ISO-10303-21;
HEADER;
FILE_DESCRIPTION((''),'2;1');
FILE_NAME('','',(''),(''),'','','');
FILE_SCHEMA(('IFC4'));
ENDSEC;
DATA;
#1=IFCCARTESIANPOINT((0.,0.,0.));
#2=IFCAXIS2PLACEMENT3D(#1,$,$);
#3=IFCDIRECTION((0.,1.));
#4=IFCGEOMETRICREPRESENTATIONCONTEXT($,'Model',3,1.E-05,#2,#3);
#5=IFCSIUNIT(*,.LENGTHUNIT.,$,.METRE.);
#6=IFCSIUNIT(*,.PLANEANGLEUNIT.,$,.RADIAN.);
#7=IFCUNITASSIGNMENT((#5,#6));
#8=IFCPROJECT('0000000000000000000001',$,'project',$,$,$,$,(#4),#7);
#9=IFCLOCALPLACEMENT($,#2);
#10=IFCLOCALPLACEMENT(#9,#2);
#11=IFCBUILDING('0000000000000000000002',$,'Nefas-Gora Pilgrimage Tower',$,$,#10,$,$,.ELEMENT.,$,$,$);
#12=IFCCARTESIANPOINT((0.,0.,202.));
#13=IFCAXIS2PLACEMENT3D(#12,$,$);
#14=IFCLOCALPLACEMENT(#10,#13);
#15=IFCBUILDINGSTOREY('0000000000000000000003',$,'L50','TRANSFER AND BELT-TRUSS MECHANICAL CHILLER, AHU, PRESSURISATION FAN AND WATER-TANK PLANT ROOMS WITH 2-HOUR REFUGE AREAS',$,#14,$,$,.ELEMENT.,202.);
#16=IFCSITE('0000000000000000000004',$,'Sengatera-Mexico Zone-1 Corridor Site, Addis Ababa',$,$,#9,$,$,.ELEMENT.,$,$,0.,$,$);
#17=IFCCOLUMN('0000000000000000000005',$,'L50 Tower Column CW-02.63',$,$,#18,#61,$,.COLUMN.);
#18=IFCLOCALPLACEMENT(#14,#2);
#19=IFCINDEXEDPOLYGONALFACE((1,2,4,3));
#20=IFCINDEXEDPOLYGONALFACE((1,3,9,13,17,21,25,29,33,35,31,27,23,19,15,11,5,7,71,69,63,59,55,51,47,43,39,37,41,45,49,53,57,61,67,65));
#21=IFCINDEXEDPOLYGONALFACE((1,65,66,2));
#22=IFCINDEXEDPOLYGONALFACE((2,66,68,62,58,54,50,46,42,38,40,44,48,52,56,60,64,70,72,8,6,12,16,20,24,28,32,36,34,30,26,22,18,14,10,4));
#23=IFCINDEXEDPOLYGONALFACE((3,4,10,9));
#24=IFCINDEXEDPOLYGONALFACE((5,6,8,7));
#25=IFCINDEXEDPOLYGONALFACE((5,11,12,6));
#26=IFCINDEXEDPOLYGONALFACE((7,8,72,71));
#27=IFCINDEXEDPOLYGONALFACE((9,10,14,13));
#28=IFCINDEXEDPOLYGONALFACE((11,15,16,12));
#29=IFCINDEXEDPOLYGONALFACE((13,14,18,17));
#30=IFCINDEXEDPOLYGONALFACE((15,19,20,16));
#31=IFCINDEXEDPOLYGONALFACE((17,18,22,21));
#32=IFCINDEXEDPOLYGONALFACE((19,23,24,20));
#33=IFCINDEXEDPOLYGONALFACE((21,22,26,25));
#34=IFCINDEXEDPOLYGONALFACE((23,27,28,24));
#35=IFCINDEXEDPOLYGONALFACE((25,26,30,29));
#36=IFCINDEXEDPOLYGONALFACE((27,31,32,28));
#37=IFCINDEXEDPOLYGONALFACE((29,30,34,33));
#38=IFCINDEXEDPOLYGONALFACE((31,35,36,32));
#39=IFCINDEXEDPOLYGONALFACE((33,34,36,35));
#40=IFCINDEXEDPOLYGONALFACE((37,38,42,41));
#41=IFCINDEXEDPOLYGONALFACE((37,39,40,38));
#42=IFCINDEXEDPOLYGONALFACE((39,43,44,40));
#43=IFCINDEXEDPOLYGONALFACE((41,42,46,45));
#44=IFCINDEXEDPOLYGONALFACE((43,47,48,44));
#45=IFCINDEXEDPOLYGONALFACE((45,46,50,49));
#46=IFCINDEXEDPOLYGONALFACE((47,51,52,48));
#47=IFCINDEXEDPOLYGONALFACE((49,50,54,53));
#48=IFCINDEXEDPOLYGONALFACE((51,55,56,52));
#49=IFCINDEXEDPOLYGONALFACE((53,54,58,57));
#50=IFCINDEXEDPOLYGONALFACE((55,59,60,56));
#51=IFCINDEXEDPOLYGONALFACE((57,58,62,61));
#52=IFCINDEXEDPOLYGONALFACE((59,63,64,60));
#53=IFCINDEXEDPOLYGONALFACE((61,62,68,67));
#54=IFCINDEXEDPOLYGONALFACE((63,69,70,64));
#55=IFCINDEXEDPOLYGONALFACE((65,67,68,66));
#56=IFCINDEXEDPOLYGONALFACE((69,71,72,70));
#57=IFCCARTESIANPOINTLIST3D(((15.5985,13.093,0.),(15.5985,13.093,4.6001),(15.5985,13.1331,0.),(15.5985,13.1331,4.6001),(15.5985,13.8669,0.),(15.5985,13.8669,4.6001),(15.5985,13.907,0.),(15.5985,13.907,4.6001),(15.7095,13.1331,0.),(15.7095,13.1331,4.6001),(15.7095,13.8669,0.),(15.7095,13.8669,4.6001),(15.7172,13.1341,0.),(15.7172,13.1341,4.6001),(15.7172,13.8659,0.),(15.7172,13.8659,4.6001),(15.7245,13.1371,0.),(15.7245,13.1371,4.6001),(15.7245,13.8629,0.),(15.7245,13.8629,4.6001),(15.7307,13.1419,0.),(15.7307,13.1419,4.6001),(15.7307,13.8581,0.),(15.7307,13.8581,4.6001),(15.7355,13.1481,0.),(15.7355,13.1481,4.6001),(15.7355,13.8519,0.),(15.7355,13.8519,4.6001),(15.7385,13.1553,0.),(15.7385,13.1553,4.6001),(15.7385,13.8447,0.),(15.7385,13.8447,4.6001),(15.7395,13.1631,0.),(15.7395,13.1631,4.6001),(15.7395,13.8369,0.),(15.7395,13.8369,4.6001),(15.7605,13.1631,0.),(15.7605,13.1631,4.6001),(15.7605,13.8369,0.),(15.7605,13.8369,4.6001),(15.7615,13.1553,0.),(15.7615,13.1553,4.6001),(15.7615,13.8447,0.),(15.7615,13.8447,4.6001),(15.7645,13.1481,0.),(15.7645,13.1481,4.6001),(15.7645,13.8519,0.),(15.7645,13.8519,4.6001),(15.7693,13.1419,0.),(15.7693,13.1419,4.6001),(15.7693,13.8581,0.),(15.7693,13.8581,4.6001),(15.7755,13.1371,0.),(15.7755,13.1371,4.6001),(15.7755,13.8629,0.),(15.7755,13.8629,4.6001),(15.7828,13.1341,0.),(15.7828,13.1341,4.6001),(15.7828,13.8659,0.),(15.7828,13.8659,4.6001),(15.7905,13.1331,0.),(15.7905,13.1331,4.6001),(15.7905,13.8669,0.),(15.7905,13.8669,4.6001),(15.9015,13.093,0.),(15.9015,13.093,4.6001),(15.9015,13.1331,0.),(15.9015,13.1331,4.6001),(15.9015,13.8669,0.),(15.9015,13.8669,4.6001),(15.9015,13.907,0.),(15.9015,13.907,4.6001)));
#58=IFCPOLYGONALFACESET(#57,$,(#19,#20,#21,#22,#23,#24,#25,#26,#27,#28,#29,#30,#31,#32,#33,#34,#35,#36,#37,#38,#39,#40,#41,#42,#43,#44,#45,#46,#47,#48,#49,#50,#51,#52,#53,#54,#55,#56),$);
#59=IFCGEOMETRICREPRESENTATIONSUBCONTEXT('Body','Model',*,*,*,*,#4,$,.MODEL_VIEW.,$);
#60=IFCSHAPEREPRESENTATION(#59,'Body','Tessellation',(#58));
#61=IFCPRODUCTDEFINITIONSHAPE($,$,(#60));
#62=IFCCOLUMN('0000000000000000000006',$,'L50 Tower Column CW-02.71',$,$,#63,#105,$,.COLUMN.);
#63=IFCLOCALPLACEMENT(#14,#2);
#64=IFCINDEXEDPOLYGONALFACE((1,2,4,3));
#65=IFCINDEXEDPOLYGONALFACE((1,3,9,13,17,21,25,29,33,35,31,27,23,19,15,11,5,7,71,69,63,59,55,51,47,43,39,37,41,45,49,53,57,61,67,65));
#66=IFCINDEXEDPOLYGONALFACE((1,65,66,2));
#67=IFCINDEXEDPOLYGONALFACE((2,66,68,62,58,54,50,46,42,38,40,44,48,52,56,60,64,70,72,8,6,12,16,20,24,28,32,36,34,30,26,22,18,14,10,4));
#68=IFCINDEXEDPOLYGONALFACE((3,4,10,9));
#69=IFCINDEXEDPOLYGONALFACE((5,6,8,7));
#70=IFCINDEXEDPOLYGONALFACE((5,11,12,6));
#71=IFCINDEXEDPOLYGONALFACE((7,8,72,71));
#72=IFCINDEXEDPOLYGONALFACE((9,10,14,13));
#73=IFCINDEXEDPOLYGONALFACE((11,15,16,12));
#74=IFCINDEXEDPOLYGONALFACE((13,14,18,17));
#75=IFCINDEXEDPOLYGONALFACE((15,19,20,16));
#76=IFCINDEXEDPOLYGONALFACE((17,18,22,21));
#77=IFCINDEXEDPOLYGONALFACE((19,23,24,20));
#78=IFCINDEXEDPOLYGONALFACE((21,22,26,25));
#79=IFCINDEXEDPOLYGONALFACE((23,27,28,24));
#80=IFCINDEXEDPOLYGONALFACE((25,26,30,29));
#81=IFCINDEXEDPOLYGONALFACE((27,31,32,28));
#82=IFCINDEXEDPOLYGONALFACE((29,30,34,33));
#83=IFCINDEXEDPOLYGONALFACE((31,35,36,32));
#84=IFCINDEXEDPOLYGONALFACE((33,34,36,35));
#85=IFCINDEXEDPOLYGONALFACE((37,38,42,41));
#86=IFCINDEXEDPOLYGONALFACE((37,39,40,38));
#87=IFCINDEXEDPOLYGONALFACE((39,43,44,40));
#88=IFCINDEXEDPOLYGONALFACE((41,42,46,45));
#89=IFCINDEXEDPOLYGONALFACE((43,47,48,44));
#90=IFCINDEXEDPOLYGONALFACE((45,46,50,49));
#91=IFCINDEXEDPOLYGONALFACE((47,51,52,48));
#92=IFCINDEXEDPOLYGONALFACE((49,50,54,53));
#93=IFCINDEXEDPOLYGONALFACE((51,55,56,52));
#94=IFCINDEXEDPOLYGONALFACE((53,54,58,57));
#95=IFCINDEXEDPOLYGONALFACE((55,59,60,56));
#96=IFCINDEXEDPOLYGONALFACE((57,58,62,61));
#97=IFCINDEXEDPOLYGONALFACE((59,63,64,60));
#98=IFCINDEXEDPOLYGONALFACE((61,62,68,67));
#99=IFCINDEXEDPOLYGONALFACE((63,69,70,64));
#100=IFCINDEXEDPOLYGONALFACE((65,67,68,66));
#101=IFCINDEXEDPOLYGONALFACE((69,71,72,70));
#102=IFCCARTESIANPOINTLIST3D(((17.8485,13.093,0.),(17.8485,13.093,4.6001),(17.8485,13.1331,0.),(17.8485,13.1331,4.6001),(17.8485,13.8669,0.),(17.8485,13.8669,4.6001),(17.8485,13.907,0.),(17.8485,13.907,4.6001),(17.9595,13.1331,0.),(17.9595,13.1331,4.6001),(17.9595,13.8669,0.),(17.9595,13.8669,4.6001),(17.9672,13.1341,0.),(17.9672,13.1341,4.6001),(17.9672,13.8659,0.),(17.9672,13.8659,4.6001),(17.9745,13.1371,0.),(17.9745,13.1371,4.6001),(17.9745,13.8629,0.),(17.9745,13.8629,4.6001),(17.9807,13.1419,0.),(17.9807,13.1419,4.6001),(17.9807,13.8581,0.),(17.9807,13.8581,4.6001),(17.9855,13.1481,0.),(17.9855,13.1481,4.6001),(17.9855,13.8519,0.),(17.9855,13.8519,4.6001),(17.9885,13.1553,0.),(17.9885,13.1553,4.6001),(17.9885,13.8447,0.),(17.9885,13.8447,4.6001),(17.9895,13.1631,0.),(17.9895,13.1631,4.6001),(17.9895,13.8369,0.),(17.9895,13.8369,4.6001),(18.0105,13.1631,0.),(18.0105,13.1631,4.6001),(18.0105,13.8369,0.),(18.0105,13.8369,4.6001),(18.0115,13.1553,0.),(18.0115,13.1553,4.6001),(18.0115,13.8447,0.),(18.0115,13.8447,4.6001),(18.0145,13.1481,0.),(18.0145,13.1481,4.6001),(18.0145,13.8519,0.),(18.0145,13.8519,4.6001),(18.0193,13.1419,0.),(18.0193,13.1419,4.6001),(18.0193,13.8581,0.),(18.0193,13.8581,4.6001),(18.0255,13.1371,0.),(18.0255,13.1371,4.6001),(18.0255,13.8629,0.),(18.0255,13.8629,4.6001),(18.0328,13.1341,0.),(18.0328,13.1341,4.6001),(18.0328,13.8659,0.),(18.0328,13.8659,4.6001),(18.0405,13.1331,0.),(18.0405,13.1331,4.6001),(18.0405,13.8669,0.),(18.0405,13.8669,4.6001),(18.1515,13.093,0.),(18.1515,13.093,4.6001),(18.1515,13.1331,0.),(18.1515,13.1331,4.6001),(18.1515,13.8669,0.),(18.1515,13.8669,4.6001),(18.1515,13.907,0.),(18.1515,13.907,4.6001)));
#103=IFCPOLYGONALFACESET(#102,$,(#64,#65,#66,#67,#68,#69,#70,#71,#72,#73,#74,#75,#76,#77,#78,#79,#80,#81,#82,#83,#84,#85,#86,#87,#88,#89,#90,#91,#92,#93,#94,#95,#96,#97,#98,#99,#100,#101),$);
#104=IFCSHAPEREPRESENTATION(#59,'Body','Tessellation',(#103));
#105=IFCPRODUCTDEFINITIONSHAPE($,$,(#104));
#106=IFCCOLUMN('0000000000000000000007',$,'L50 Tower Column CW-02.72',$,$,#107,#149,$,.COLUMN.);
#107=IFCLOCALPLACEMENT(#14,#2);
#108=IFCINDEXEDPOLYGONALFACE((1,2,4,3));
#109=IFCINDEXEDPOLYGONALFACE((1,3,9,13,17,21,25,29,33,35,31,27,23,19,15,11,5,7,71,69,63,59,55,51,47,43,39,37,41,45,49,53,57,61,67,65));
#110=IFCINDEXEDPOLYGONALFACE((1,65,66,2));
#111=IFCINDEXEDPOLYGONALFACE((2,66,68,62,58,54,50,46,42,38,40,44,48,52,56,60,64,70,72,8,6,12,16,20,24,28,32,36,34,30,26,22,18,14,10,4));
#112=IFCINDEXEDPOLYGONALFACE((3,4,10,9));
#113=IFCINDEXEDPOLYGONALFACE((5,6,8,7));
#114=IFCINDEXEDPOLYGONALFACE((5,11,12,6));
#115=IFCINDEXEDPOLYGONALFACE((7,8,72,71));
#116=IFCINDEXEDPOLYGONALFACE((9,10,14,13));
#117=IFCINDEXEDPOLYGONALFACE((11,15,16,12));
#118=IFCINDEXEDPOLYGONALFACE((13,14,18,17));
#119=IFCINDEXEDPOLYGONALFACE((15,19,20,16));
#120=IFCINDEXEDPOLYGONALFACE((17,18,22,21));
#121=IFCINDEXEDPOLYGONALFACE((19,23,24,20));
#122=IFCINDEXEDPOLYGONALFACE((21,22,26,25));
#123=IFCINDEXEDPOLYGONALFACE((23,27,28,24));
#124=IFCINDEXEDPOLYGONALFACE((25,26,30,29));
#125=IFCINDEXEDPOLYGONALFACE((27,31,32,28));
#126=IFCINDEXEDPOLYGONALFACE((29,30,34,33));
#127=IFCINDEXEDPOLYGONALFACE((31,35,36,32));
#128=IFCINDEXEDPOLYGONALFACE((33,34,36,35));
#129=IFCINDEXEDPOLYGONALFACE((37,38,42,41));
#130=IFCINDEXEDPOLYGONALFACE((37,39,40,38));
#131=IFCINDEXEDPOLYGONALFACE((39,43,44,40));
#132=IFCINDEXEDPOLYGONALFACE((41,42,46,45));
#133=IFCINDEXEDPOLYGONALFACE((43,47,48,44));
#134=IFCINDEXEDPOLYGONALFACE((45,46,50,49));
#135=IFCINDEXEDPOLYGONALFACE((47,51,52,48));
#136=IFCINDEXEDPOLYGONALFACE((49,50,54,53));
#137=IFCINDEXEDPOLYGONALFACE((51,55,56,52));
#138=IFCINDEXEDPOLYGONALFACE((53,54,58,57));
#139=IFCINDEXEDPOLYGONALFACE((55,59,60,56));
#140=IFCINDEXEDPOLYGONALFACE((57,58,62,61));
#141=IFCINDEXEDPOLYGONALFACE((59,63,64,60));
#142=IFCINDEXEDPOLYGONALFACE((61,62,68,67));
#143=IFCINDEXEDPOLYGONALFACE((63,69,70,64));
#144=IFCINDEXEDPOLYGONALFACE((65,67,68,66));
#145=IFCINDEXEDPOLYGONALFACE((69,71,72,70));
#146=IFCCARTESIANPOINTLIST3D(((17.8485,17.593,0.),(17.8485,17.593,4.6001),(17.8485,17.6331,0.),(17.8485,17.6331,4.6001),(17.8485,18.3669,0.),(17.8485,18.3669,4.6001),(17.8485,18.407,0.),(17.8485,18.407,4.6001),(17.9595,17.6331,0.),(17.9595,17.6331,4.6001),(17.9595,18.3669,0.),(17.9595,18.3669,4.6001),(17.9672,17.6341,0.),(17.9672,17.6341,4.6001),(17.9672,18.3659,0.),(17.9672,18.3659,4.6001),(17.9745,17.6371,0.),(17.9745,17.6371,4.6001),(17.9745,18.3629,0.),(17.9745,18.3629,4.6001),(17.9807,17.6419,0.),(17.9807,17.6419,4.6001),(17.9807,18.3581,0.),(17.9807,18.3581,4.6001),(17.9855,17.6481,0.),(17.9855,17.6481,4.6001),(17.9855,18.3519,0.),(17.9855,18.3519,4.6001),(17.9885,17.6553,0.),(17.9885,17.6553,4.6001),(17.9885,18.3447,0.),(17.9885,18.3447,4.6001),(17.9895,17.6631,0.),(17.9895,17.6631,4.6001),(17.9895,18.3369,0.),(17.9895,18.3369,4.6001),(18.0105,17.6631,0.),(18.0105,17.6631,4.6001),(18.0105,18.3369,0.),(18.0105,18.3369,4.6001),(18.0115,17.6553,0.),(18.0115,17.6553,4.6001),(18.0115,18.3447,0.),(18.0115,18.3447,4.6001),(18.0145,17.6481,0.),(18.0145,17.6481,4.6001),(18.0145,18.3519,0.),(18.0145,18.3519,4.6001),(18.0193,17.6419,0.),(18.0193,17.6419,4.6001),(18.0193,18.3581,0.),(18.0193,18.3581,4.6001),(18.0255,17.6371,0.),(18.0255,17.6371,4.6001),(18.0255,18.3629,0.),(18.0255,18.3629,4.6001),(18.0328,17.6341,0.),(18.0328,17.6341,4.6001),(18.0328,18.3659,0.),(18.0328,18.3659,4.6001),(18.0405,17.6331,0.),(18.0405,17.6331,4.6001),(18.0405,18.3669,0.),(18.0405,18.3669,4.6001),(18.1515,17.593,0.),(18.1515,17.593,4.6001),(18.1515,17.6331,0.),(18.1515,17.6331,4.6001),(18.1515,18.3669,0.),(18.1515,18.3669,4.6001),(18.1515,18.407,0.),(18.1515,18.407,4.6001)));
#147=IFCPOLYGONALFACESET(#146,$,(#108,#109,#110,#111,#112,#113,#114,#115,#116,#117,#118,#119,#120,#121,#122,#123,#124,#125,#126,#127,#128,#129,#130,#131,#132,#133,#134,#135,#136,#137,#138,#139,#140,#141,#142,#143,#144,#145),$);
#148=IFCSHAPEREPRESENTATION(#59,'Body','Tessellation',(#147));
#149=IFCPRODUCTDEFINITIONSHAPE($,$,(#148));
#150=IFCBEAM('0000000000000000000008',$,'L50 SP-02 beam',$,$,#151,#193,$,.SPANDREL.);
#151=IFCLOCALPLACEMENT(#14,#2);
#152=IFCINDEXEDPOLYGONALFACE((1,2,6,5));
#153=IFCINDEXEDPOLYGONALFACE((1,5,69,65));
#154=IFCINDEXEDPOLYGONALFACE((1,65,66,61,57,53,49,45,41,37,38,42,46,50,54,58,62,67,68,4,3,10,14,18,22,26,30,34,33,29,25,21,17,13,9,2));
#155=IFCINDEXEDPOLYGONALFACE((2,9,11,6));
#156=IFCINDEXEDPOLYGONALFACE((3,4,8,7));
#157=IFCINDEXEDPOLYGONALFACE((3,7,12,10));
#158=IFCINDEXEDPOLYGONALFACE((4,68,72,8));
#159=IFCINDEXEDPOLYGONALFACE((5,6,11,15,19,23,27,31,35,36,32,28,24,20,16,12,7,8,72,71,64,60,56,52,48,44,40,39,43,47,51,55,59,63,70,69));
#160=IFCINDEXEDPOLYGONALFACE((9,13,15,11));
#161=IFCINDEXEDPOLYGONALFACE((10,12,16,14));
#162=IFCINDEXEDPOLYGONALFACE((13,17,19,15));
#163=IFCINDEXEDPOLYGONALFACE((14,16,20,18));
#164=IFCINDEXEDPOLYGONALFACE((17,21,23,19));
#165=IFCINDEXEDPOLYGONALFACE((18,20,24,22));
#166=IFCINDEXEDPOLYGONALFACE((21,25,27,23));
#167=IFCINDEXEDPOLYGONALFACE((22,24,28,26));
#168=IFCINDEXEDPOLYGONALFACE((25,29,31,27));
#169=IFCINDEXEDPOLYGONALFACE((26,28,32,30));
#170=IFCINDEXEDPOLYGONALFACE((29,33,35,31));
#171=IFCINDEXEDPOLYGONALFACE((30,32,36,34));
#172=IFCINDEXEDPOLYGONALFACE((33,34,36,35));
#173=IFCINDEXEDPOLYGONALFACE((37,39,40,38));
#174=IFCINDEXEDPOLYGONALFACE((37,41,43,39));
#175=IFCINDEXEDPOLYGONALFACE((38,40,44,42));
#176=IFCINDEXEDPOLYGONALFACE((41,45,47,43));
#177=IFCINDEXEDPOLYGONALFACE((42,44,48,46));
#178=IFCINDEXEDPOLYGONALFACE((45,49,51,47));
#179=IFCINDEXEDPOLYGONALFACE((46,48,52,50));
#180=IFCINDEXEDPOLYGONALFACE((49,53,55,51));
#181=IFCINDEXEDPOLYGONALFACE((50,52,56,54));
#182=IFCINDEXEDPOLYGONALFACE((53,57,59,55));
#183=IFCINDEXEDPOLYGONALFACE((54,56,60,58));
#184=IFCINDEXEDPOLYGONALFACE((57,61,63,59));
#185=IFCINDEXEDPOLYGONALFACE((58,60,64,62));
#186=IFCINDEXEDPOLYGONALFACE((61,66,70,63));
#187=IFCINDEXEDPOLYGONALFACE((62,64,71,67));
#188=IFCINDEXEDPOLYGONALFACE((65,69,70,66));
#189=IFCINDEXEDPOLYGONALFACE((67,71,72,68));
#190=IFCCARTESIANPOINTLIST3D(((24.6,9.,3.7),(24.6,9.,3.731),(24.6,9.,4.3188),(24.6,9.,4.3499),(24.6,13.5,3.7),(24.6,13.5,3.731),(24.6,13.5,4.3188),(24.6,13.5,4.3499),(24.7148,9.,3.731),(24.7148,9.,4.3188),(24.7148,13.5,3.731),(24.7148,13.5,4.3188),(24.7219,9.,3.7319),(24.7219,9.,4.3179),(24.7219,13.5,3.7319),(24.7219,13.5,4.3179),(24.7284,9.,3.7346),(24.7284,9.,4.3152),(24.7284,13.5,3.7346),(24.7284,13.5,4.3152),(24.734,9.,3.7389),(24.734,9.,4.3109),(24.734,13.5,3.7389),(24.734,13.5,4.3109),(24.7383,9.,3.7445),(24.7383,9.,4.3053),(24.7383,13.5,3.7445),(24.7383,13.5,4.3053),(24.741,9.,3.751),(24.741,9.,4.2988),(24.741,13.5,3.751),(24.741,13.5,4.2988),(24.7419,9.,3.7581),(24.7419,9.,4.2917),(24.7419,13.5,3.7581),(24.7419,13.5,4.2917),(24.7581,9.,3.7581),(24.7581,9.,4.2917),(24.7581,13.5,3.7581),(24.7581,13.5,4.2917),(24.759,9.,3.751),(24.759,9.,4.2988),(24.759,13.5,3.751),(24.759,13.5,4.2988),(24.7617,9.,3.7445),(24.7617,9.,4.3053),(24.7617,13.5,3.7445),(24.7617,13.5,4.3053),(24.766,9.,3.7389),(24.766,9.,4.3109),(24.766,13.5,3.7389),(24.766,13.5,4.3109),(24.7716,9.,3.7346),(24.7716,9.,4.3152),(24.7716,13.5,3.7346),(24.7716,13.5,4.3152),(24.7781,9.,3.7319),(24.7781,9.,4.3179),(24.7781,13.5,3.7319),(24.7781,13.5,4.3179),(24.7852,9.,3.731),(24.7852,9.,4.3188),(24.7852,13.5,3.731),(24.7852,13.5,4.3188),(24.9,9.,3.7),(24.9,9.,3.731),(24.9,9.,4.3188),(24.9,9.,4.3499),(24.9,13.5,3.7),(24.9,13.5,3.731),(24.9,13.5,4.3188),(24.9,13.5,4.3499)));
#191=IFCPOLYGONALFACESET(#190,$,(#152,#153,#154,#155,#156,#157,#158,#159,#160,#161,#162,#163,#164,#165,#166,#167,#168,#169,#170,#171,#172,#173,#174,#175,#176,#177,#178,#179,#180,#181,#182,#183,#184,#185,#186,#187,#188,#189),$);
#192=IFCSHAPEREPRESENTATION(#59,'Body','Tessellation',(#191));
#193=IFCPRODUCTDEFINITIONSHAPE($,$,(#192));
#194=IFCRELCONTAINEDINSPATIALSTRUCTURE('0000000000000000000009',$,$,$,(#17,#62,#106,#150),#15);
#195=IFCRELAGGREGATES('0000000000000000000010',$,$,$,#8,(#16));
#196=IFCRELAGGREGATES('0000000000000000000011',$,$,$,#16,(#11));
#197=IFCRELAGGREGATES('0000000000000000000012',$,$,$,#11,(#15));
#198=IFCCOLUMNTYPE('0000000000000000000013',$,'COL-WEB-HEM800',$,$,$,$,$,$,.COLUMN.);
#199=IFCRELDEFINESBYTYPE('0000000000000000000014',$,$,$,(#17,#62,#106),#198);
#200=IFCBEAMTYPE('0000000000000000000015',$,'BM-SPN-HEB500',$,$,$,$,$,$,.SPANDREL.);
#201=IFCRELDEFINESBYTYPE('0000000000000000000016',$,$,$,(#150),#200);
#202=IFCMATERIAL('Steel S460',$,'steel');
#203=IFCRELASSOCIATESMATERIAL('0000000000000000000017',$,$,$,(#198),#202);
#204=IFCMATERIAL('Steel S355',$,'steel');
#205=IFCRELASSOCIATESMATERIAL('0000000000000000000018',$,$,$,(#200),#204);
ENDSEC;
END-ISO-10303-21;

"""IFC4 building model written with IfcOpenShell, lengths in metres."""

from ifc_helpers import new_model, si_unit, direction, frame, origin, origin_2d, place, context, subcontext, project, spatial, i_section, extrude, source, transform, mapped, material, material_profile, profile_set, type_object, element, save


model = new_model("IFC4")

# Units and contexts
model_context = context("Model", 3, precision=1e-05, world=origin(), true_north=direction((0.0, 1.0)))
body_context = subcontext(model_context, "Body", "Model", "MODEL_VIEW")
ifc_project = project(units=[si_unit("LENGTHUNIT", "METRE"), si_unit("PLANEANGLEUNIT", "RADIAN")], contexts=[model_context])

# Site, building, storey
site_placement = place(None, origin())
site = spatial("IfcSite", under=ifc_project, at=site_placement, Name="Sengatera-Mexico Zone-1 Corridor Site, Addis Ababa", CompositionType="ELEMENT", RefElevation=0.0)
building_placement = place(site_placement, origin())
building = spatial("IfcBuilding", under=site, at=building_placement, Name="Nefas-Gora Pilgrimage Tower", CompositionType="ELEMENT")
storey_placement = place(building_placement, frame((0.0, 0.0, 202.0)))
storey = spatial("IfcBuildingStorey", under=building, at=storey_placement, Name="L50", Description="TRANSFER AND BELT-TRUSS MECHANICAL CHILLER, AHU, PRESSURISATION FAN AND WATER-TANK PLANT ROOMS WITH 2-HOUR REFUGE AREAS", CompositionType="ELEMENT", Elevation=202.0)

# Columns
ifc_material_1 = material(Name="Steel S460", Category="steel")
ifc_material_profile_1 = material_profile(ifc_material_1, i_section(OverallWidth=0.303, OverallDepth=0.814, WebThickness=0.021, FlangeThickness=0.04, FilletRadius=0.03, at=origin_2d()), Name="HEM 800")
ifc_profile_set_1 = profile_set([ifc_material_profile_1], Name="Steel S460")
column_type_1 = type_object("IfcColumnType", Name="COL-WEB-HEM800", PredefinedType="COLUMN", material=ifc_profile_set_1)
shared_shape_1 = source(origin(), body_context, "Body", "SweptSolid", [
    extrude(i_section(OverallWidth=0.303, OverallDepth=0.814, WebThickness=0.021, FlangeThickness=0.04, FilletRadius=0.03, at=origin_2d()), origin(), (0.0, 0.0, 1.0), 4.6001),
])
for number, where, z_axis, x_axis, name in (
    (1, (15.75, 13.5, 0.0), (0.0, 0.0, 1.0), (1.0, 0.0, 0.0), "L50 Tower Column CW-02.63"),
    (2, (18.0, 13.5, 0.0), (0.0, 0.0, 1.0), (1.0, 0.0, 0.0), "L50 Tower Column CW-02.71"),
    (3, (18.0, 18.0, 0.0), (0.0, 0.0, 1.0), (1.0, 0.0, 0.0), "L50 Tower Column CW-02.72"),
):
    element("IfcColumn", number, at=place(storey_placement, frame(where, z_axis=z_axis, x_axis=x_axis)), inside=storey, type_object=column_type_1, Name=name, PredefinedType="COLUMN", context=body_context, shape_type="MappedRepresentation", body=[
        mapped(shared_shape_1, transform((0.0, 0.0, 0.0), x_axis=(1.0, 0.0, 0.0), y_axis=(0.0, 1.0, 0.0), z_axis=(0.0, 0.0, 1.0), scale=1.0)),
    ])

# Beam
ifc_material_2 = material(Name="Steel S355", Category="steel")
ifc_material_profile_2 = material_profile(ifc_material_2, i_section(OverallWidth=0.3, OverallDepth=0.6499, WebThickness=0.0161, FlangeThickness=0.031, FilletRadius=0.0271, at=origin_2d()), Name="HEB 650")
ifc_profile_set_2 = profile_set([ifc_material_profile_2], Name="Steel S355")
beam_type_1 = type_object("IfcBeamType", Name="BM-SPN-HEB500", PredefinedType="SPANDREL", material=ifc_profile_set_2)
shared_shape_2 = source(origin(), body_context, "Body", "SweptSolid", [
    extrude(i_section(OverallWidth=0.3, OverallDepth=0.6499, WebThickness=0.0161, FlangeThickness=0.031, FilletRadius=0.0271, at=origin_2d()), origin(), (0.0, 0.0, 1.0), 4.5),
])
beam_1_placement = place(storey_placement, frame((24.75, 9.0, 4.0249), z_axis=(0.0, 1.0, 0.0), x_axis=(-1.0, 0.0, 0.0)))
element("IfcBeam", 4, at=beam_1_placement, inside=storey, type_object=beam_type_1, Name="L50 SP-02 beam", PredefinedType="SPANDREL", context=body_context, shape_type="MappedRepresentation", body=[
    mapped(shared_shape_2, transform((0.0, 0.0, 0.0), x_axis=(1.0, 0.0, 0.0), y_axis=(0.0, 1.0, 0.0), z_axis=(0.0, 0.0, 1.0), scale=1.0)),
])

save(model, "model.ifc")
